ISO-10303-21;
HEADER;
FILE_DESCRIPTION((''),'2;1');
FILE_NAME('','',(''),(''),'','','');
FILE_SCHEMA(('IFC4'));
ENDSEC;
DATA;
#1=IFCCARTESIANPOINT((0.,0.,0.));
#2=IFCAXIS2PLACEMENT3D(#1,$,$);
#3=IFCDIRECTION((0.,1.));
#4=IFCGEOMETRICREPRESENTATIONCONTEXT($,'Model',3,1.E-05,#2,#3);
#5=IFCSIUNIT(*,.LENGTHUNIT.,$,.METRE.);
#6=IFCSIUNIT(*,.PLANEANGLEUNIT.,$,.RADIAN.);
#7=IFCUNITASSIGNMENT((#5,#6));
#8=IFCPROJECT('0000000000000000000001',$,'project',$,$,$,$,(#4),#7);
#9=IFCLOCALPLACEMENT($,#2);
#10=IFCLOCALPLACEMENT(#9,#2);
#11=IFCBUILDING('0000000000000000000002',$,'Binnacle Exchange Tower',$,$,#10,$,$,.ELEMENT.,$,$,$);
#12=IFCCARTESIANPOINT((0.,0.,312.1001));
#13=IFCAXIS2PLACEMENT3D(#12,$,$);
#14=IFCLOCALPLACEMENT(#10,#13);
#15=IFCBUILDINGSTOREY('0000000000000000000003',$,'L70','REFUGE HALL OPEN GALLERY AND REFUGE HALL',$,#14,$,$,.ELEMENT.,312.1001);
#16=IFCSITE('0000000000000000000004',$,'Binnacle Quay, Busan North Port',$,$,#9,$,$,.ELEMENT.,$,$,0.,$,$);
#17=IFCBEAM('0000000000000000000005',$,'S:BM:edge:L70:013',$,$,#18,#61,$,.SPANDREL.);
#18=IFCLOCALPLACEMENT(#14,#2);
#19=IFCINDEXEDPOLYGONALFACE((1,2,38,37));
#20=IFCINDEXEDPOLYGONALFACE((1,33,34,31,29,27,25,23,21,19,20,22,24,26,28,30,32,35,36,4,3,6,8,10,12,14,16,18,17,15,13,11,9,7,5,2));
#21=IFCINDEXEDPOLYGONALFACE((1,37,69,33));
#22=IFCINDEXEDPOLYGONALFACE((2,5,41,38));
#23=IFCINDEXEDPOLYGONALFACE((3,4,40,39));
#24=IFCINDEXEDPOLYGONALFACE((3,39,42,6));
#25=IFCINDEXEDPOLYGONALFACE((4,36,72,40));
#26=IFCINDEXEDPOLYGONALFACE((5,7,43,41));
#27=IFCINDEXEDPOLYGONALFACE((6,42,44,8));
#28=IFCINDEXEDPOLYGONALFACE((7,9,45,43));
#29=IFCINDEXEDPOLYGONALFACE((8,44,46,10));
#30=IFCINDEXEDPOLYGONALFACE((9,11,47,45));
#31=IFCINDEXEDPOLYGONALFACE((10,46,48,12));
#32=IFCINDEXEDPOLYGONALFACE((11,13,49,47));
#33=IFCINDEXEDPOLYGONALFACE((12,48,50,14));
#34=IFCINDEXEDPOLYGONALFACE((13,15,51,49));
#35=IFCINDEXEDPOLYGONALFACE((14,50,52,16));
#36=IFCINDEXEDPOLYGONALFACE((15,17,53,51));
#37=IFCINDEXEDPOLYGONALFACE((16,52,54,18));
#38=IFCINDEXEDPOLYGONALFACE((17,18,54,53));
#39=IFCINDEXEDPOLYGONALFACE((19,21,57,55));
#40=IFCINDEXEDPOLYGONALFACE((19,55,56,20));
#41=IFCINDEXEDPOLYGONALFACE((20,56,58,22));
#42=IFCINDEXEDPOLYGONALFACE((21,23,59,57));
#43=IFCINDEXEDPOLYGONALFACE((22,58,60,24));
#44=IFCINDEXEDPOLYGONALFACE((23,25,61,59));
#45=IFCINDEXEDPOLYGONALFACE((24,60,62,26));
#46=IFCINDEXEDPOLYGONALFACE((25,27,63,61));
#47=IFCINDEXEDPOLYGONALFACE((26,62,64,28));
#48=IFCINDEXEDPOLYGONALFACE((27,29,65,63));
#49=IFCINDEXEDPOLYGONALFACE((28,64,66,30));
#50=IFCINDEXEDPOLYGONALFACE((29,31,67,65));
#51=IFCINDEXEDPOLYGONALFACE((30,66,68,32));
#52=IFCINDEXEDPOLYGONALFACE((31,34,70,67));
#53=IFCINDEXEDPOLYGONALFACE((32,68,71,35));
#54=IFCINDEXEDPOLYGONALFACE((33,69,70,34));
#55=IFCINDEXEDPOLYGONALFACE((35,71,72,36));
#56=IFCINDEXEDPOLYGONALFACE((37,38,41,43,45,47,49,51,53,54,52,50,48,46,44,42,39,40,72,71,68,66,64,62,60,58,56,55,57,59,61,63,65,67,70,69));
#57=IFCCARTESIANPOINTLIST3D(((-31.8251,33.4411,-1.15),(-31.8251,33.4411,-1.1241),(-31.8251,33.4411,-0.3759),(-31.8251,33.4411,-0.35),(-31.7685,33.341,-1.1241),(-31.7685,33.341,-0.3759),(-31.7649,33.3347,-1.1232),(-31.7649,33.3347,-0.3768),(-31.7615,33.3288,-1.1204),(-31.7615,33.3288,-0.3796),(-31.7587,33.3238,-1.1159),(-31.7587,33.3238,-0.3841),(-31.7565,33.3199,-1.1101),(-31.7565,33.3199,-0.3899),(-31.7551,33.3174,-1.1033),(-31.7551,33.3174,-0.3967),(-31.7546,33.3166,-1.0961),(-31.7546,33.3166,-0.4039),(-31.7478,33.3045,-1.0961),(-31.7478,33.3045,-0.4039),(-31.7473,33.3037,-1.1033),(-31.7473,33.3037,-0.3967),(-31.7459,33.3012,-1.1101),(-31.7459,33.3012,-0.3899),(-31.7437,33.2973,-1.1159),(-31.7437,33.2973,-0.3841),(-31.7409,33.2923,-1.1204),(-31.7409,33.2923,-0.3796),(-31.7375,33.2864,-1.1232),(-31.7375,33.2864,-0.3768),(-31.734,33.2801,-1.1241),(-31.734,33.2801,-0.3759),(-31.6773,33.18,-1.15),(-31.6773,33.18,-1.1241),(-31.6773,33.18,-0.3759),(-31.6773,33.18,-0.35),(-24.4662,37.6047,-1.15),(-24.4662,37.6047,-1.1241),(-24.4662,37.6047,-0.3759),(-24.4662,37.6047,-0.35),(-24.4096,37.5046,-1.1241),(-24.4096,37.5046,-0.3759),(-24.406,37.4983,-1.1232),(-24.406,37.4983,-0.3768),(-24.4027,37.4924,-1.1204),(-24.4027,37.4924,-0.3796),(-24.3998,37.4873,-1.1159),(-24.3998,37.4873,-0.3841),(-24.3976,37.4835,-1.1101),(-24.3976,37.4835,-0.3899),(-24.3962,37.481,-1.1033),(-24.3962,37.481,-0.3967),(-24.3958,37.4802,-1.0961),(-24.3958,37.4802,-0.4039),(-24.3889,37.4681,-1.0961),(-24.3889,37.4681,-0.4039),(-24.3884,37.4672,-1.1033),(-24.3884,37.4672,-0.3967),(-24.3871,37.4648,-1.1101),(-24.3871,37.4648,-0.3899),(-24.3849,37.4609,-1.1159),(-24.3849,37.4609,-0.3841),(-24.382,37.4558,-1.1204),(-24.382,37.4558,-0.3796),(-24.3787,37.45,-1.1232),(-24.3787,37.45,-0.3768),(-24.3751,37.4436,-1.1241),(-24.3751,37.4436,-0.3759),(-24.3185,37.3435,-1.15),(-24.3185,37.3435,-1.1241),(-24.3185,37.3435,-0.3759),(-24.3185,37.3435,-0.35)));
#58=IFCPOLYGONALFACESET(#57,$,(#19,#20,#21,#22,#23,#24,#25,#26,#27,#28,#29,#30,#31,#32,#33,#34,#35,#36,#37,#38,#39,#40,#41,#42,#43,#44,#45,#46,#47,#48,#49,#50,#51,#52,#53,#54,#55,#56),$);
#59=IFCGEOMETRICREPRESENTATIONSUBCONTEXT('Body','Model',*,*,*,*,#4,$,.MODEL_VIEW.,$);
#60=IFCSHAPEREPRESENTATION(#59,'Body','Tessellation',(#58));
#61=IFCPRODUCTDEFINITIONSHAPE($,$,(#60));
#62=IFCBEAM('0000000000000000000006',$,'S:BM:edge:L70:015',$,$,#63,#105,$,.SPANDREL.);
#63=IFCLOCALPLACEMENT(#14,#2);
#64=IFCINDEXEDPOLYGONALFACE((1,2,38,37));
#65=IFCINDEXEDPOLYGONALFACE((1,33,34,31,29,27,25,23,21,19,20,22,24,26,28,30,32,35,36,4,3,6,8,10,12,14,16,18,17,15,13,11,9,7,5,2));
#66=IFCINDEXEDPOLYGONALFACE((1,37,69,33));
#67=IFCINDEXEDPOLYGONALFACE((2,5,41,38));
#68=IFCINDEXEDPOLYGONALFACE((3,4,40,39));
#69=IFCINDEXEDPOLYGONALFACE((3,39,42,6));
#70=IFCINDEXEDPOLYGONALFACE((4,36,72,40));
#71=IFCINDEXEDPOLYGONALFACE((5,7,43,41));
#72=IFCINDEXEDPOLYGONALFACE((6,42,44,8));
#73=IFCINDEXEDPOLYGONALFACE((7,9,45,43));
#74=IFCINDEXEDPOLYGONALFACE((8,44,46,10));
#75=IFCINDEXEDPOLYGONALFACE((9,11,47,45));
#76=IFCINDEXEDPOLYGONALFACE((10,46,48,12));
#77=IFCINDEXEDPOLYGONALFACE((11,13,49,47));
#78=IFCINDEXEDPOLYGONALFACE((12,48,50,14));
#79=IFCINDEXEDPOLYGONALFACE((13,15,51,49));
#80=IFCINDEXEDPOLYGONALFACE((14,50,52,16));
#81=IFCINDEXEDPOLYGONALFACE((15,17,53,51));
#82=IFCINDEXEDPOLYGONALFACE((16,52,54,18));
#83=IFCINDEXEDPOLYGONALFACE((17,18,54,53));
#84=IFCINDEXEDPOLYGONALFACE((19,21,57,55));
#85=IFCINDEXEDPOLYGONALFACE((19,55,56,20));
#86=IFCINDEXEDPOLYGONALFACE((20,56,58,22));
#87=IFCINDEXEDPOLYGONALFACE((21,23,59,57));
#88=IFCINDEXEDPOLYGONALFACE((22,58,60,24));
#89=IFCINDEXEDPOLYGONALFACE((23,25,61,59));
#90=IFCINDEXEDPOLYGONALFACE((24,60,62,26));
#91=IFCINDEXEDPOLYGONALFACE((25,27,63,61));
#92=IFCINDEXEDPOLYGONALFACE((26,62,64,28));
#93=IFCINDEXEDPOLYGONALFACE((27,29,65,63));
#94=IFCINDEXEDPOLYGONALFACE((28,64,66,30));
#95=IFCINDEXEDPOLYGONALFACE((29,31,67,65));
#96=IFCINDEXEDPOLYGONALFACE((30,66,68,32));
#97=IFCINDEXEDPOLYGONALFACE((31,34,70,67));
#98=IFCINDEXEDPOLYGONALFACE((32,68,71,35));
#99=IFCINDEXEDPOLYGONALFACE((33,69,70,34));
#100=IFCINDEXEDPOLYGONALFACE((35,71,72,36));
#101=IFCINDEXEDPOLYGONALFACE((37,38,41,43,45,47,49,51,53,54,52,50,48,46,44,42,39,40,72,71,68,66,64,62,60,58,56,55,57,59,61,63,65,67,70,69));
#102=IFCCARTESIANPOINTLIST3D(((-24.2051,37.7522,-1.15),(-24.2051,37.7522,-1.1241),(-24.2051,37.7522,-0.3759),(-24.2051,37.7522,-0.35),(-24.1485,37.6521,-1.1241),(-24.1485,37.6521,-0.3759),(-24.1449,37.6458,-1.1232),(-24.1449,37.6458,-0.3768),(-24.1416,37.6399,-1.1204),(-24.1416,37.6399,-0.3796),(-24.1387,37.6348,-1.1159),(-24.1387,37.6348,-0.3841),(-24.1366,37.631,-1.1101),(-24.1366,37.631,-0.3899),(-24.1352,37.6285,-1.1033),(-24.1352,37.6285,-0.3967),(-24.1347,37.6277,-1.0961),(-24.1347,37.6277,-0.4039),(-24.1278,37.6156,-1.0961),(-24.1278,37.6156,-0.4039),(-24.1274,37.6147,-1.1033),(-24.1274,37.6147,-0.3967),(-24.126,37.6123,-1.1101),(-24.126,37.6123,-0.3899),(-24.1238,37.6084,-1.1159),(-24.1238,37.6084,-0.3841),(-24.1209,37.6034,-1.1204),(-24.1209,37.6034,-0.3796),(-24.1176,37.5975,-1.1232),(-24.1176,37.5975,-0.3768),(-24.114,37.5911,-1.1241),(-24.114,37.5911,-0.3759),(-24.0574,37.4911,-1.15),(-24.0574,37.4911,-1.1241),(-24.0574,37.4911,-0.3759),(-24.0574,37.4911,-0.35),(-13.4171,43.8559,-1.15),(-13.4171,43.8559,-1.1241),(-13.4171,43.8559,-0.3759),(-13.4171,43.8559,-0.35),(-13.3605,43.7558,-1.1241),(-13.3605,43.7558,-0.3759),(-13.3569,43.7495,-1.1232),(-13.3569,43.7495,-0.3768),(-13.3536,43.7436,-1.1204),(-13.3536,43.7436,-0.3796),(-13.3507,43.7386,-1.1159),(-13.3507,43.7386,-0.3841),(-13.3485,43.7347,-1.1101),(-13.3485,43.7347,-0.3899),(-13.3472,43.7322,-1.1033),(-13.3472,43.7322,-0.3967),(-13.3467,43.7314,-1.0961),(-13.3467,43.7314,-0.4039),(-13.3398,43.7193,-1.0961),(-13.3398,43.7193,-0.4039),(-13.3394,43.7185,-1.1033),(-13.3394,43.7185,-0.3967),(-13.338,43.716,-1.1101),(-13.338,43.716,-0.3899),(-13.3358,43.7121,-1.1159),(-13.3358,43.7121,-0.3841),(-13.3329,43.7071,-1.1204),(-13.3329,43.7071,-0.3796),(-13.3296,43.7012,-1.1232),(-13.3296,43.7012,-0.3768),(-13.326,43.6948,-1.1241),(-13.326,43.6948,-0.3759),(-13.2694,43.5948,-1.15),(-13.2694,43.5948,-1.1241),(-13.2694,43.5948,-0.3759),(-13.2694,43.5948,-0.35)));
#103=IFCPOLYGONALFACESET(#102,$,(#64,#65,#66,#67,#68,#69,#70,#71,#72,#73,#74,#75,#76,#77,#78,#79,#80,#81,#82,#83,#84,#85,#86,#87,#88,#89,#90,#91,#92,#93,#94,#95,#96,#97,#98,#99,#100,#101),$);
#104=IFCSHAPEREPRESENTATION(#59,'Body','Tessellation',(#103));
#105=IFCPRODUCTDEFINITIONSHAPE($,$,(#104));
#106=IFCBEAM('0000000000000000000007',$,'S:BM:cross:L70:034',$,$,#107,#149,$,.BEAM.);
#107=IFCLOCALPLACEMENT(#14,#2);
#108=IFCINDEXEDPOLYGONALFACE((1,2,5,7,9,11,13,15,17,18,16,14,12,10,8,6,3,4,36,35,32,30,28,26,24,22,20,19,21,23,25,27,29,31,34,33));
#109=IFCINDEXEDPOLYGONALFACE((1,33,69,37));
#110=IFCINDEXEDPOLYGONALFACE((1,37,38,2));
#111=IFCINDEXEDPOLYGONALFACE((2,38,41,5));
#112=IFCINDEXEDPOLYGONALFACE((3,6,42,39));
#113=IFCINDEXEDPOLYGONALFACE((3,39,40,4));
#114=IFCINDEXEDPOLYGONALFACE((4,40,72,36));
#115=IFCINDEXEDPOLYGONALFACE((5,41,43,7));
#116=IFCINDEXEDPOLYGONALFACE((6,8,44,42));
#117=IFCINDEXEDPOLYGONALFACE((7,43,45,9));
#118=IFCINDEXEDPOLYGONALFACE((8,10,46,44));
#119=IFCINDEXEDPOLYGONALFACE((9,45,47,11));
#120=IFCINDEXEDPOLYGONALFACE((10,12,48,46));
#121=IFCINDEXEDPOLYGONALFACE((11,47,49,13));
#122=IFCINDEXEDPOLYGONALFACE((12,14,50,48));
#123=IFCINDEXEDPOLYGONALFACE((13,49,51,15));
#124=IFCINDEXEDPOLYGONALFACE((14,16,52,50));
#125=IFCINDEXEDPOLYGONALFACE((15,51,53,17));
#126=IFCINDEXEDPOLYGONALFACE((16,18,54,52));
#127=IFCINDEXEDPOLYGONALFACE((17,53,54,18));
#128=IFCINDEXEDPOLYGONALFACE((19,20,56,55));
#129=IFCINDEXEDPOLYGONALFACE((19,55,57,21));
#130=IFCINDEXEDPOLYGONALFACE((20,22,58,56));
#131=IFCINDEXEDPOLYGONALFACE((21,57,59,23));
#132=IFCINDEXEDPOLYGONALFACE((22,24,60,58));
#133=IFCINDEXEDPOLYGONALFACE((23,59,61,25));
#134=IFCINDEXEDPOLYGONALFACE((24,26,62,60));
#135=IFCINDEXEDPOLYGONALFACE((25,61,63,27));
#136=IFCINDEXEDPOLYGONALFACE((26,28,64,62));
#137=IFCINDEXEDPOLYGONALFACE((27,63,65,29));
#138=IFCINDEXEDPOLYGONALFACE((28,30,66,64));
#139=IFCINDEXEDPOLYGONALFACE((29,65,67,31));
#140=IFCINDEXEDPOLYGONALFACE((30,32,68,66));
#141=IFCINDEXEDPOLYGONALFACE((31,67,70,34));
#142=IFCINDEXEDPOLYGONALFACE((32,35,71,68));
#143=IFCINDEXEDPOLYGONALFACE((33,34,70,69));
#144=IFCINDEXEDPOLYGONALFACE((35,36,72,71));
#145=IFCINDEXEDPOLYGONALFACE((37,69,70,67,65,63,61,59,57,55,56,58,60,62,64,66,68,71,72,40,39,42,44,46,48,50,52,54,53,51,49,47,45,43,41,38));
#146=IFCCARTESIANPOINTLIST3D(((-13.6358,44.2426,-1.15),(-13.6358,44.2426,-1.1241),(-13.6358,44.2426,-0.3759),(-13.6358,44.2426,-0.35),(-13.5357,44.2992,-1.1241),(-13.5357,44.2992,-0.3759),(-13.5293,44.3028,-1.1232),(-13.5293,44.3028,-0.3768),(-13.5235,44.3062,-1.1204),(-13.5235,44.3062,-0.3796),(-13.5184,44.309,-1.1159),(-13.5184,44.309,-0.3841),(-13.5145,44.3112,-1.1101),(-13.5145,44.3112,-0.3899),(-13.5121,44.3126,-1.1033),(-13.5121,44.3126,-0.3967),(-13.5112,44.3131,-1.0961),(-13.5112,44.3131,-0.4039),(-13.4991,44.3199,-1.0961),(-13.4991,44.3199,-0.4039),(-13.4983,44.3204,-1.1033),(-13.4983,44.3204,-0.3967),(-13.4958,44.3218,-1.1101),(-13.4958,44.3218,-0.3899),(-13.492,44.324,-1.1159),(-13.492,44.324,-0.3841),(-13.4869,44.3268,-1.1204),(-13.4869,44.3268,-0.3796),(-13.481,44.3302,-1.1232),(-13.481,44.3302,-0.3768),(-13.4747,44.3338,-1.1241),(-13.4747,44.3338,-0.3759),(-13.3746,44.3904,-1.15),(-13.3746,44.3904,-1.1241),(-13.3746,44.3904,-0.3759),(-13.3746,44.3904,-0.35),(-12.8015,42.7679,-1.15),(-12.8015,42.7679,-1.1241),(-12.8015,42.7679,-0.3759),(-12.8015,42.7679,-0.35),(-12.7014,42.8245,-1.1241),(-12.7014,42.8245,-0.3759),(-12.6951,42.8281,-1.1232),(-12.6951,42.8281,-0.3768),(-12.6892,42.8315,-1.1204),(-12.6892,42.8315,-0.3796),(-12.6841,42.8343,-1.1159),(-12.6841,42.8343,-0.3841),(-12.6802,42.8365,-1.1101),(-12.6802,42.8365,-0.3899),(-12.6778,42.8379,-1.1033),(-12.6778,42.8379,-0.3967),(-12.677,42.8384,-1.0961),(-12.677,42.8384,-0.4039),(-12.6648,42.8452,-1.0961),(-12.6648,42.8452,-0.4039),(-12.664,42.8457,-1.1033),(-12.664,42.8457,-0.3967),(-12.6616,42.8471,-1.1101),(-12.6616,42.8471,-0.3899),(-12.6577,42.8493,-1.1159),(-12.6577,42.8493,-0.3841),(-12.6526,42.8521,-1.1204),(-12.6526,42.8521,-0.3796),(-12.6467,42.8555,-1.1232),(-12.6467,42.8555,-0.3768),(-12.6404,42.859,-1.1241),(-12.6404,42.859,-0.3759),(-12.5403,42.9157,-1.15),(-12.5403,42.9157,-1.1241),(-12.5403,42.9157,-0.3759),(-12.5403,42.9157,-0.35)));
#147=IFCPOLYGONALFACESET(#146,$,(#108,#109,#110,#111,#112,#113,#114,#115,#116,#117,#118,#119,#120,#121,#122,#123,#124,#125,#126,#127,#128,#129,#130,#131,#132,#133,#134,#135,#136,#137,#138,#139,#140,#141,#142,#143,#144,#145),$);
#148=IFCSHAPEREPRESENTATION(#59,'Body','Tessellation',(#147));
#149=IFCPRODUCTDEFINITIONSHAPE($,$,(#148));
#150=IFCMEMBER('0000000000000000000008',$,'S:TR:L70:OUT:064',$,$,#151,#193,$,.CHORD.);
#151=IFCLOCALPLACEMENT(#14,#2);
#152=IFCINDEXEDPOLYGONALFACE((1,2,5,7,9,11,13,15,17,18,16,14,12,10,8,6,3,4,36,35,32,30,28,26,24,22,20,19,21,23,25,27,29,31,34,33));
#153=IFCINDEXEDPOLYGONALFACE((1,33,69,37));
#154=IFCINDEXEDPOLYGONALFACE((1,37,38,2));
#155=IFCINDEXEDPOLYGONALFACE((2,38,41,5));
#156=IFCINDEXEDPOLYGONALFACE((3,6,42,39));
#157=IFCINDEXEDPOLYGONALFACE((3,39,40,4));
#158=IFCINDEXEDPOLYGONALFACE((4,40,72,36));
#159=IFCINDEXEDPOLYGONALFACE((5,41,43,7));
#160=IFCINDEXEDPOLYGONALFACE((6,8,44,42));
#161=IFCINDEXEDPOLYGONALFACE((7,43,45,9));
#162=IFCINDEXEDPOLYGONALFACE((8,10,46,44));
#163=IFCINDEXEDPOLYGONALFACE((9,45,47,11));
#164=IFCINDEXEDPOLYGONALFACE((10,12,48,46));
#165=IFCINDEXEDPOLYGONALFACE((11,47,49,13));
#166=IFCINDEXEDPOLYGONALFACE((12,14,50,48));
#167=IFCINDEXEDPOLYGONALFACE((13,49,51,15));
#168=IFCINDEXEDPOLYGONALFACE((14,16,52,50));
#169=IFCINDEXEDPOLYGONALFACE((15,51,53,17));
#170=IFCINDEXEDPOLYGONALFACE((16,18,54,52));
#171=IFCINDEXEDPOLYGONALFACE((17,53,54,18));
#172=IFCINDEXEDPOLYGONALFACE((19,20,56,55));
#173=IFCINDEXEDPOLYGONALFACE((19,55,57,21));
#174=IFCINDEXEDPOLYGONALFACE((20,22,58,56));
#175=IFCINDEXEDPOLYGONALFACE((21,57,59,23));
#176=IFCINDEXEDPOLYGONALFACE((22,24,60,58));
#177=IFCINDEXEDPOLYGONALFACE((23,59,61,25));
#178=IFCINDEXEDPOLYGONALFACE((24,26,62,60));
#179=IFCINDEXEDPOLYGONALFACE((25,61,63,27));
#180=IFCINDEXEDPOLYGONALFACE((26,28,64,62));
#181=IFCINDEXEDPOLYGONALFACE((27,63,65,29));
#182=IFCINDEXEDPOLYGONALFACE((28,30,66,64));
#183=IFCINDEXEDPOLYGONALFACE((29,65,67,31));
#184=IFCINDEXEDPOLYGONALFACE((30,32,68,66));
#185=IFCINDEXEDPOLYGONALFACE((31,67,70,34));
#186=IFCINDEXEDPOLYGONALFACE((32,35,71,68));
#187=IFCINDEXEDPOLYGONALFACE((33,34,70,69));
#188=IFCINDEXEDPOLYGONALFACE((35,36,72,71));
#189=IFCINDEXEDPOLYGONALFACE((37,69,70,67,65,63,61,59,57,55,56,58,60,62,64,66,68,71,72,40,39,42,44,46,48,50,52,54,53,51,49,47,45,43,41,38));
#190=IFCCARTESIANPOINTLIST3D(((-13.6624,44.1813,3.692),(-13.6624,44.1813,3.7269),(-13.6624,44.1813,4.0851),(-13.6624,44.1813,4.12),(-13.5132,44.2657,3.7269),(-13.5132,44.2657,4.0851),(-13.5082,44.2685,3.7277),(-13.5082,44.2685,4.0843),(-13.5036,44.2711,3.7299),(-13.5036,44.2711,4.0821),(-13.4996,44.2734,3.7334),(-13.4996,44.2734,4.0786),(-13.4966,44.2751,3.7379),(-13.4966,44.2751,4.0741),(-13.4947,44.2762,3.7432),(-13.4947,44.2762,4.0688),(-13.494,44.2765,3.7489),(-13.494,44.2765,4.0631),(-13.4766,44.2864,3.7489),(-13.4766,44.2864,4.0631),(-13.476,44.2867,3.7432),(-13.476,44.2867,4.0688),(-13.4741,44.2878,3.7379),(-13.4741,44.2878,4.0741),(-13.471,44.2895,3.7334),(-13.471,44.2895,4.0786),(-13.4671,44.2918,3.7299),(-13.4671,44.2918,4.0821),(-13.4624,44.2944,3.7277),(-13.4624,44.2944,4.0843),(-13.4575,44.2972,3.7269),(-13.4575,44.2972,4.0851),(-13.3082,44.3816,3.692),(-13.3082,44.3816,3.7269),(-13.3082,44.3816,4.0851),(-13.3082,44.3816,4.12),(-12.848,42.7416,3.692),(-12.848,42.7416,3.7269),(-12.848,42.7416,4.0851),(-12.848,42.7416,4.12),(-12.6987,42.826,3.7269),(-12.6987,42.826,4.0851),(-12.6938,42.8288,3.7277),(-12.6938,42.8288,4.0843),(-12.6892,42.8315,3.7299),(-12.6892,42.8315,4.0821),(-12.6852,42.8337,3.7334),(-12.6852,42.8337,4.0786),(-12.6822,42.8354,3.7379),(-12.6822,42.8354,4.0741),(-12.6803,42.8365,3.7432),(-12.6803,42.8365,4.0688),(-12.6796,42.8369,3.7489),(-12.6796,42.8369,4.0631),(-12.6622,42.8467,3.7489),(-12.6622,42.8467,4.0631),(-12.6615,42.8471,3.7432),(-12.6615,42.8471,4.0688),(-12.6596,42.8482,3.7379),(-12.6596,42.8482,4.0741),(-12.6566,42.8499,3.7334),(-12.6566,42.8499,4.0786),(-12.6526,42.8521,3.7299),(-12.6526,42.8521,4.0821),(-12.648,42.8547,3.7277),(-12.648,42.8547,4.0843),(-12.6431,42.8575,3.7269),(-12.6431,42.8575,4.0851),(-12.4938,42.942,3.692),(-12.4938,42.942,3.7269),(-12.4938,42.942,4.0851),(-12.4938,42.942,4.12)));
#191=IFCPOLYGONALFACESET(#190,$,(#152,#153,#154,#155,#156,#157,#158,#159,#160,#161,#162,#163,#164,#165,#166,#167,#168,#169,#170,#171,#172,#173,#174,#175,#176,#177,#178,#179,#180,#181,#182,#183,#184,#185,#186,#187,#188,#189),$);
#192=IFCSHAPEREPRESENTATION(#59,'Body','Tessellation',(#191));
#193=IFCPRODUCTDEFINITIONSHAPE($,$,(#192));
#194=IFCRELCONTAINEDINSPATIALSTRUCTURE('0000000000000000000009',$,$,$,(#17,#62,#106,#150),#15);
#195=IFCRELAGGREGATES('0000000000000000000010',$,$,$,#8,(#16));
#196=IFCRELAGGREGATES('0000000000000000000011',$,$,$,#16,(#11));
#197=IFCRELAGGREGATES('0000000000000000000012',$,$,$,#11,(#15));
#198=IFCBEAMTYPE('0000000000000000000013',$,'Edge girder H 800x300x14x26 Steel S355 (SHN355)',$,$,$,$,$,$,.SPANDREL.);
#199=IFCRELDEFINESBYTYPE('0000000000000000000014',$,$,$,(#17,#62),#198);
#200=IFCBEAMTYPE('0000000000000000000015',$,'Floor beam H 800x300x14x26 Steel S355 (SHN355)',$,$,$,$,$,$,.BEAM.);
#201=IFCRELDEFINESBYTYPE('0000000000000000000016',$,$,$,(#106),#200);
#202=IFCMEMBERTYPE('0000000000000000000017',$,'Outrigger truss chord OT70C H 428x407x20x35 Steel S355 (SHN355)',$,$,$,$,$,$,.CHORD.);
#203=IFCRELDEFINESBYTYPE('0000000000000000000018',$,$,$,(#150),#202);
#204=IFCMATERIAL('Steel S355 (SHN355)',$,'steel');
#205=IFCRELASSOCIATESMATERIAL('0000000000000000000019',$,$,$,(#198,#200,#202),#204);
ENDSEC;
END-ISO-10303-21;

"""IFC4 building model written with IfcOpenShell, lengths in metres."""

from ifc_helpers import new_model, si_unit, direction, frame, origin, origin_2d, place, context, subcontext, project, spatial, i_section, extrude, material, material_profile, profile_set, type_object, element, save


model = new_model("IFC4")

# Units and contexts
model_context = context("Model", 3, precision=1e-05, world=origin(), true_north=direction((0.0, 1.0)))
body_context = subcontext(model_context, "Body", "Model", "MODEL_VIEW")
ifc_project = project(units=[si_unit("LENGTHUNIT", "METRE"), si_unit("PLANEANGLEUNIT", "RADIAN")], contexts=[model_context])

# Site, building, storey
site_placement = place(None, origin())
site = spatial("IfcSite", under=ifc_project, at=site_placement, Name="Binnacle Quay, Busan North Port", CompositionType="ELEMENT", RefElevation=0.0)
building_placement = place(site_placement, origin())
building = spatial("IfcBuilding", under=site, at=building_placement, Name="Binnacle Exchange Tower", CompositionType="ELEMENT")
storey_placement = place(building_placement, frame((0.0, 0.0, 312.1001)))
storey = spatial("IfcBuildingStorey", under=building, at=storey_placement, Name="L70", Description="REFUGE HALL OPEN GALLERY AND REFUGE HALL", CompositionType="ELEMENT", Elevation=312.1001)

# Shared definitions
ifc_material_1 = material(Name="Steel S355 (SHN355)", Category="steel")

# Beams
ifc_material_profile_1 = material_profile(ifc_material_1, i_section(OverallWidth=0.3, OverallDepth=0.8, WebThickness=0.0139, FlangeThickness=0.0259, FilletRadius=0.0281, at=origin_2d()), Name="H 800x300x14x26")
ifc_profile_set_1 = profile_set([ifc_material_profile_1], Name="Steel S355 (SHN355)")
beam_type_1 = type_object("IfcBeamType", Name="Edge girder H 800x300x14x26 Steel S355 (SHN355)", PredefinedType="SPANDREL", material=ifc_profile_set_1)
beam_1_placement = place(storey_placement, frame((-24.3923, 37.4741, -0.75), z_axis=(-0.87035, -0.492434, 0.0), x_axis=(0.492434, -0.87035, 0.0)))
element("IfcBeam", 1, at=beam_1_placement, inside=storey, type_object=beam_type_1, Name="S:BM:edge:L70:013", PredefinedType="SPANDREL", context=body_context, shape_type="SweptSolid", body=[
    extrude(i_section(OverallWidth=0.3, OverallDepth=0.8, WebThickness=0.0139, FlangeThickness=0.0259, FilletRadius=0.0281, at=origin_2d()), origin(), (0.0, 0.0, 1.0), 8.4551),
])
beam_2_placement = place(storey_placement, frame((-13.3433, 43.7253, -0.75), z_axis=(-0.87035, -0.492433, 0.0), x_axis=(0.492433, -0.87035, 0.0)))
element("IfcBeam", 2, at=beam_2_placement, inside=storey, type_object=beam_type_1, Name="S:BM:edge:L70:015", PredefinedType="SPANDREL", context=body_context, shape_type="SweptSolid", body=[
    extrude(i_section(OverallWidth=0.3, OverallDepth=0.8, WebThickness=0.0139, FlangeThickness=0.0259, FilletRadius=0.0281, at=origin_2d()), origin(), (0.0, 0.0, 1.0), 12.395),
])
ifc_material_profile_2 = material_profile(ifc_material_1, i_section(OverallWidth=0.3, OverallDepth=0.8, WebThickness=0.0139, FlangeThickness=0.0259, FilletRadius=0.0281, at=origin_2d()), Name="H 800x300x14x26")
ifc_profile_set_2 = profile_set([ifc_material_profile_2], Name="Steel S355 (SHN355)")
beam_type_2 = type_object("IfcBeamType", Name="Floor beam H 800x300x14x26 Steel S355 (SHN355)", PredefinedType="BEAM", material=ifc_profile_set_2)
beam_3_placement = place(storey_placement, frame((-12.6709, 42.8418, -0.75), z_axis=(-0.492394, 0.870372, 0.0), x_axis=(-0.870372, -0.492394, 0.0)))
element("IfcBeam", 3, at=beam_3_placement, inside=storey, type_object=beam_type_2, Name="S:BM:cross:L70:034", PredefinedType="BEAM", context=body_context, shape_type="SweptSolid", body=[
    extrude(i_section(OverallWidth=0.3, OverallDepth=0.8, WebThickness=0.0139, FlangeThickness=0.0259, FilletRadius=0.0281, at=origin_2d()), origin(), (0.0, 0.0, 1.0), 1.6943),
])

# Member
ifc_material_profile_3 = material_profile(ifc_material_1, i_section(OverallWidth=0.407, OverallDepth=0.428, WebThickness=0.02, FlangeThickness=0.0349, FilletRadius=0.022, at=origin_2d()), Name="H 428x407x20x35")
ifc_profile_set_3 = profile_set([ifc_material_profile_3], Name="Steel S355 (SHN355)")
member_type_1 = type_object("IfcMemberType", Name="Outrigger truss chord OT70C H 428x407x20x35 Steel S355 (SHN355)", PredefinedType="CHORD", material=ifc_profile_set_3)
for number, where, z_axis, x_axis, name in (
    (4, (-12.6709, 42.8418, 3.906), (-0.492383, 0.870379, 0.0), (-0.870379, -0.492383, 0.0), "S:TR:L70:OUT:064"),
):
    element("IfcMember", number, at=place(storey_placement, frame(where, z_axis=z_axis, x_axis=x_axis)), inside=storey, type_object=member_type_1, Name=name, PredefinedType="CHORD", context=body_context, shape_type="SweptSolid", body=[
        extrude(i_section(OverallWidth=0.407, OverallDepth=0.428, WebThickness=0.02, FlangeThickness=0.0349, FilletRadius=0.022, at=origin_2d()), origin(), (0.0, 0.0, 1.0), 1.6541),
    ])

save(model, "model.ifc")
